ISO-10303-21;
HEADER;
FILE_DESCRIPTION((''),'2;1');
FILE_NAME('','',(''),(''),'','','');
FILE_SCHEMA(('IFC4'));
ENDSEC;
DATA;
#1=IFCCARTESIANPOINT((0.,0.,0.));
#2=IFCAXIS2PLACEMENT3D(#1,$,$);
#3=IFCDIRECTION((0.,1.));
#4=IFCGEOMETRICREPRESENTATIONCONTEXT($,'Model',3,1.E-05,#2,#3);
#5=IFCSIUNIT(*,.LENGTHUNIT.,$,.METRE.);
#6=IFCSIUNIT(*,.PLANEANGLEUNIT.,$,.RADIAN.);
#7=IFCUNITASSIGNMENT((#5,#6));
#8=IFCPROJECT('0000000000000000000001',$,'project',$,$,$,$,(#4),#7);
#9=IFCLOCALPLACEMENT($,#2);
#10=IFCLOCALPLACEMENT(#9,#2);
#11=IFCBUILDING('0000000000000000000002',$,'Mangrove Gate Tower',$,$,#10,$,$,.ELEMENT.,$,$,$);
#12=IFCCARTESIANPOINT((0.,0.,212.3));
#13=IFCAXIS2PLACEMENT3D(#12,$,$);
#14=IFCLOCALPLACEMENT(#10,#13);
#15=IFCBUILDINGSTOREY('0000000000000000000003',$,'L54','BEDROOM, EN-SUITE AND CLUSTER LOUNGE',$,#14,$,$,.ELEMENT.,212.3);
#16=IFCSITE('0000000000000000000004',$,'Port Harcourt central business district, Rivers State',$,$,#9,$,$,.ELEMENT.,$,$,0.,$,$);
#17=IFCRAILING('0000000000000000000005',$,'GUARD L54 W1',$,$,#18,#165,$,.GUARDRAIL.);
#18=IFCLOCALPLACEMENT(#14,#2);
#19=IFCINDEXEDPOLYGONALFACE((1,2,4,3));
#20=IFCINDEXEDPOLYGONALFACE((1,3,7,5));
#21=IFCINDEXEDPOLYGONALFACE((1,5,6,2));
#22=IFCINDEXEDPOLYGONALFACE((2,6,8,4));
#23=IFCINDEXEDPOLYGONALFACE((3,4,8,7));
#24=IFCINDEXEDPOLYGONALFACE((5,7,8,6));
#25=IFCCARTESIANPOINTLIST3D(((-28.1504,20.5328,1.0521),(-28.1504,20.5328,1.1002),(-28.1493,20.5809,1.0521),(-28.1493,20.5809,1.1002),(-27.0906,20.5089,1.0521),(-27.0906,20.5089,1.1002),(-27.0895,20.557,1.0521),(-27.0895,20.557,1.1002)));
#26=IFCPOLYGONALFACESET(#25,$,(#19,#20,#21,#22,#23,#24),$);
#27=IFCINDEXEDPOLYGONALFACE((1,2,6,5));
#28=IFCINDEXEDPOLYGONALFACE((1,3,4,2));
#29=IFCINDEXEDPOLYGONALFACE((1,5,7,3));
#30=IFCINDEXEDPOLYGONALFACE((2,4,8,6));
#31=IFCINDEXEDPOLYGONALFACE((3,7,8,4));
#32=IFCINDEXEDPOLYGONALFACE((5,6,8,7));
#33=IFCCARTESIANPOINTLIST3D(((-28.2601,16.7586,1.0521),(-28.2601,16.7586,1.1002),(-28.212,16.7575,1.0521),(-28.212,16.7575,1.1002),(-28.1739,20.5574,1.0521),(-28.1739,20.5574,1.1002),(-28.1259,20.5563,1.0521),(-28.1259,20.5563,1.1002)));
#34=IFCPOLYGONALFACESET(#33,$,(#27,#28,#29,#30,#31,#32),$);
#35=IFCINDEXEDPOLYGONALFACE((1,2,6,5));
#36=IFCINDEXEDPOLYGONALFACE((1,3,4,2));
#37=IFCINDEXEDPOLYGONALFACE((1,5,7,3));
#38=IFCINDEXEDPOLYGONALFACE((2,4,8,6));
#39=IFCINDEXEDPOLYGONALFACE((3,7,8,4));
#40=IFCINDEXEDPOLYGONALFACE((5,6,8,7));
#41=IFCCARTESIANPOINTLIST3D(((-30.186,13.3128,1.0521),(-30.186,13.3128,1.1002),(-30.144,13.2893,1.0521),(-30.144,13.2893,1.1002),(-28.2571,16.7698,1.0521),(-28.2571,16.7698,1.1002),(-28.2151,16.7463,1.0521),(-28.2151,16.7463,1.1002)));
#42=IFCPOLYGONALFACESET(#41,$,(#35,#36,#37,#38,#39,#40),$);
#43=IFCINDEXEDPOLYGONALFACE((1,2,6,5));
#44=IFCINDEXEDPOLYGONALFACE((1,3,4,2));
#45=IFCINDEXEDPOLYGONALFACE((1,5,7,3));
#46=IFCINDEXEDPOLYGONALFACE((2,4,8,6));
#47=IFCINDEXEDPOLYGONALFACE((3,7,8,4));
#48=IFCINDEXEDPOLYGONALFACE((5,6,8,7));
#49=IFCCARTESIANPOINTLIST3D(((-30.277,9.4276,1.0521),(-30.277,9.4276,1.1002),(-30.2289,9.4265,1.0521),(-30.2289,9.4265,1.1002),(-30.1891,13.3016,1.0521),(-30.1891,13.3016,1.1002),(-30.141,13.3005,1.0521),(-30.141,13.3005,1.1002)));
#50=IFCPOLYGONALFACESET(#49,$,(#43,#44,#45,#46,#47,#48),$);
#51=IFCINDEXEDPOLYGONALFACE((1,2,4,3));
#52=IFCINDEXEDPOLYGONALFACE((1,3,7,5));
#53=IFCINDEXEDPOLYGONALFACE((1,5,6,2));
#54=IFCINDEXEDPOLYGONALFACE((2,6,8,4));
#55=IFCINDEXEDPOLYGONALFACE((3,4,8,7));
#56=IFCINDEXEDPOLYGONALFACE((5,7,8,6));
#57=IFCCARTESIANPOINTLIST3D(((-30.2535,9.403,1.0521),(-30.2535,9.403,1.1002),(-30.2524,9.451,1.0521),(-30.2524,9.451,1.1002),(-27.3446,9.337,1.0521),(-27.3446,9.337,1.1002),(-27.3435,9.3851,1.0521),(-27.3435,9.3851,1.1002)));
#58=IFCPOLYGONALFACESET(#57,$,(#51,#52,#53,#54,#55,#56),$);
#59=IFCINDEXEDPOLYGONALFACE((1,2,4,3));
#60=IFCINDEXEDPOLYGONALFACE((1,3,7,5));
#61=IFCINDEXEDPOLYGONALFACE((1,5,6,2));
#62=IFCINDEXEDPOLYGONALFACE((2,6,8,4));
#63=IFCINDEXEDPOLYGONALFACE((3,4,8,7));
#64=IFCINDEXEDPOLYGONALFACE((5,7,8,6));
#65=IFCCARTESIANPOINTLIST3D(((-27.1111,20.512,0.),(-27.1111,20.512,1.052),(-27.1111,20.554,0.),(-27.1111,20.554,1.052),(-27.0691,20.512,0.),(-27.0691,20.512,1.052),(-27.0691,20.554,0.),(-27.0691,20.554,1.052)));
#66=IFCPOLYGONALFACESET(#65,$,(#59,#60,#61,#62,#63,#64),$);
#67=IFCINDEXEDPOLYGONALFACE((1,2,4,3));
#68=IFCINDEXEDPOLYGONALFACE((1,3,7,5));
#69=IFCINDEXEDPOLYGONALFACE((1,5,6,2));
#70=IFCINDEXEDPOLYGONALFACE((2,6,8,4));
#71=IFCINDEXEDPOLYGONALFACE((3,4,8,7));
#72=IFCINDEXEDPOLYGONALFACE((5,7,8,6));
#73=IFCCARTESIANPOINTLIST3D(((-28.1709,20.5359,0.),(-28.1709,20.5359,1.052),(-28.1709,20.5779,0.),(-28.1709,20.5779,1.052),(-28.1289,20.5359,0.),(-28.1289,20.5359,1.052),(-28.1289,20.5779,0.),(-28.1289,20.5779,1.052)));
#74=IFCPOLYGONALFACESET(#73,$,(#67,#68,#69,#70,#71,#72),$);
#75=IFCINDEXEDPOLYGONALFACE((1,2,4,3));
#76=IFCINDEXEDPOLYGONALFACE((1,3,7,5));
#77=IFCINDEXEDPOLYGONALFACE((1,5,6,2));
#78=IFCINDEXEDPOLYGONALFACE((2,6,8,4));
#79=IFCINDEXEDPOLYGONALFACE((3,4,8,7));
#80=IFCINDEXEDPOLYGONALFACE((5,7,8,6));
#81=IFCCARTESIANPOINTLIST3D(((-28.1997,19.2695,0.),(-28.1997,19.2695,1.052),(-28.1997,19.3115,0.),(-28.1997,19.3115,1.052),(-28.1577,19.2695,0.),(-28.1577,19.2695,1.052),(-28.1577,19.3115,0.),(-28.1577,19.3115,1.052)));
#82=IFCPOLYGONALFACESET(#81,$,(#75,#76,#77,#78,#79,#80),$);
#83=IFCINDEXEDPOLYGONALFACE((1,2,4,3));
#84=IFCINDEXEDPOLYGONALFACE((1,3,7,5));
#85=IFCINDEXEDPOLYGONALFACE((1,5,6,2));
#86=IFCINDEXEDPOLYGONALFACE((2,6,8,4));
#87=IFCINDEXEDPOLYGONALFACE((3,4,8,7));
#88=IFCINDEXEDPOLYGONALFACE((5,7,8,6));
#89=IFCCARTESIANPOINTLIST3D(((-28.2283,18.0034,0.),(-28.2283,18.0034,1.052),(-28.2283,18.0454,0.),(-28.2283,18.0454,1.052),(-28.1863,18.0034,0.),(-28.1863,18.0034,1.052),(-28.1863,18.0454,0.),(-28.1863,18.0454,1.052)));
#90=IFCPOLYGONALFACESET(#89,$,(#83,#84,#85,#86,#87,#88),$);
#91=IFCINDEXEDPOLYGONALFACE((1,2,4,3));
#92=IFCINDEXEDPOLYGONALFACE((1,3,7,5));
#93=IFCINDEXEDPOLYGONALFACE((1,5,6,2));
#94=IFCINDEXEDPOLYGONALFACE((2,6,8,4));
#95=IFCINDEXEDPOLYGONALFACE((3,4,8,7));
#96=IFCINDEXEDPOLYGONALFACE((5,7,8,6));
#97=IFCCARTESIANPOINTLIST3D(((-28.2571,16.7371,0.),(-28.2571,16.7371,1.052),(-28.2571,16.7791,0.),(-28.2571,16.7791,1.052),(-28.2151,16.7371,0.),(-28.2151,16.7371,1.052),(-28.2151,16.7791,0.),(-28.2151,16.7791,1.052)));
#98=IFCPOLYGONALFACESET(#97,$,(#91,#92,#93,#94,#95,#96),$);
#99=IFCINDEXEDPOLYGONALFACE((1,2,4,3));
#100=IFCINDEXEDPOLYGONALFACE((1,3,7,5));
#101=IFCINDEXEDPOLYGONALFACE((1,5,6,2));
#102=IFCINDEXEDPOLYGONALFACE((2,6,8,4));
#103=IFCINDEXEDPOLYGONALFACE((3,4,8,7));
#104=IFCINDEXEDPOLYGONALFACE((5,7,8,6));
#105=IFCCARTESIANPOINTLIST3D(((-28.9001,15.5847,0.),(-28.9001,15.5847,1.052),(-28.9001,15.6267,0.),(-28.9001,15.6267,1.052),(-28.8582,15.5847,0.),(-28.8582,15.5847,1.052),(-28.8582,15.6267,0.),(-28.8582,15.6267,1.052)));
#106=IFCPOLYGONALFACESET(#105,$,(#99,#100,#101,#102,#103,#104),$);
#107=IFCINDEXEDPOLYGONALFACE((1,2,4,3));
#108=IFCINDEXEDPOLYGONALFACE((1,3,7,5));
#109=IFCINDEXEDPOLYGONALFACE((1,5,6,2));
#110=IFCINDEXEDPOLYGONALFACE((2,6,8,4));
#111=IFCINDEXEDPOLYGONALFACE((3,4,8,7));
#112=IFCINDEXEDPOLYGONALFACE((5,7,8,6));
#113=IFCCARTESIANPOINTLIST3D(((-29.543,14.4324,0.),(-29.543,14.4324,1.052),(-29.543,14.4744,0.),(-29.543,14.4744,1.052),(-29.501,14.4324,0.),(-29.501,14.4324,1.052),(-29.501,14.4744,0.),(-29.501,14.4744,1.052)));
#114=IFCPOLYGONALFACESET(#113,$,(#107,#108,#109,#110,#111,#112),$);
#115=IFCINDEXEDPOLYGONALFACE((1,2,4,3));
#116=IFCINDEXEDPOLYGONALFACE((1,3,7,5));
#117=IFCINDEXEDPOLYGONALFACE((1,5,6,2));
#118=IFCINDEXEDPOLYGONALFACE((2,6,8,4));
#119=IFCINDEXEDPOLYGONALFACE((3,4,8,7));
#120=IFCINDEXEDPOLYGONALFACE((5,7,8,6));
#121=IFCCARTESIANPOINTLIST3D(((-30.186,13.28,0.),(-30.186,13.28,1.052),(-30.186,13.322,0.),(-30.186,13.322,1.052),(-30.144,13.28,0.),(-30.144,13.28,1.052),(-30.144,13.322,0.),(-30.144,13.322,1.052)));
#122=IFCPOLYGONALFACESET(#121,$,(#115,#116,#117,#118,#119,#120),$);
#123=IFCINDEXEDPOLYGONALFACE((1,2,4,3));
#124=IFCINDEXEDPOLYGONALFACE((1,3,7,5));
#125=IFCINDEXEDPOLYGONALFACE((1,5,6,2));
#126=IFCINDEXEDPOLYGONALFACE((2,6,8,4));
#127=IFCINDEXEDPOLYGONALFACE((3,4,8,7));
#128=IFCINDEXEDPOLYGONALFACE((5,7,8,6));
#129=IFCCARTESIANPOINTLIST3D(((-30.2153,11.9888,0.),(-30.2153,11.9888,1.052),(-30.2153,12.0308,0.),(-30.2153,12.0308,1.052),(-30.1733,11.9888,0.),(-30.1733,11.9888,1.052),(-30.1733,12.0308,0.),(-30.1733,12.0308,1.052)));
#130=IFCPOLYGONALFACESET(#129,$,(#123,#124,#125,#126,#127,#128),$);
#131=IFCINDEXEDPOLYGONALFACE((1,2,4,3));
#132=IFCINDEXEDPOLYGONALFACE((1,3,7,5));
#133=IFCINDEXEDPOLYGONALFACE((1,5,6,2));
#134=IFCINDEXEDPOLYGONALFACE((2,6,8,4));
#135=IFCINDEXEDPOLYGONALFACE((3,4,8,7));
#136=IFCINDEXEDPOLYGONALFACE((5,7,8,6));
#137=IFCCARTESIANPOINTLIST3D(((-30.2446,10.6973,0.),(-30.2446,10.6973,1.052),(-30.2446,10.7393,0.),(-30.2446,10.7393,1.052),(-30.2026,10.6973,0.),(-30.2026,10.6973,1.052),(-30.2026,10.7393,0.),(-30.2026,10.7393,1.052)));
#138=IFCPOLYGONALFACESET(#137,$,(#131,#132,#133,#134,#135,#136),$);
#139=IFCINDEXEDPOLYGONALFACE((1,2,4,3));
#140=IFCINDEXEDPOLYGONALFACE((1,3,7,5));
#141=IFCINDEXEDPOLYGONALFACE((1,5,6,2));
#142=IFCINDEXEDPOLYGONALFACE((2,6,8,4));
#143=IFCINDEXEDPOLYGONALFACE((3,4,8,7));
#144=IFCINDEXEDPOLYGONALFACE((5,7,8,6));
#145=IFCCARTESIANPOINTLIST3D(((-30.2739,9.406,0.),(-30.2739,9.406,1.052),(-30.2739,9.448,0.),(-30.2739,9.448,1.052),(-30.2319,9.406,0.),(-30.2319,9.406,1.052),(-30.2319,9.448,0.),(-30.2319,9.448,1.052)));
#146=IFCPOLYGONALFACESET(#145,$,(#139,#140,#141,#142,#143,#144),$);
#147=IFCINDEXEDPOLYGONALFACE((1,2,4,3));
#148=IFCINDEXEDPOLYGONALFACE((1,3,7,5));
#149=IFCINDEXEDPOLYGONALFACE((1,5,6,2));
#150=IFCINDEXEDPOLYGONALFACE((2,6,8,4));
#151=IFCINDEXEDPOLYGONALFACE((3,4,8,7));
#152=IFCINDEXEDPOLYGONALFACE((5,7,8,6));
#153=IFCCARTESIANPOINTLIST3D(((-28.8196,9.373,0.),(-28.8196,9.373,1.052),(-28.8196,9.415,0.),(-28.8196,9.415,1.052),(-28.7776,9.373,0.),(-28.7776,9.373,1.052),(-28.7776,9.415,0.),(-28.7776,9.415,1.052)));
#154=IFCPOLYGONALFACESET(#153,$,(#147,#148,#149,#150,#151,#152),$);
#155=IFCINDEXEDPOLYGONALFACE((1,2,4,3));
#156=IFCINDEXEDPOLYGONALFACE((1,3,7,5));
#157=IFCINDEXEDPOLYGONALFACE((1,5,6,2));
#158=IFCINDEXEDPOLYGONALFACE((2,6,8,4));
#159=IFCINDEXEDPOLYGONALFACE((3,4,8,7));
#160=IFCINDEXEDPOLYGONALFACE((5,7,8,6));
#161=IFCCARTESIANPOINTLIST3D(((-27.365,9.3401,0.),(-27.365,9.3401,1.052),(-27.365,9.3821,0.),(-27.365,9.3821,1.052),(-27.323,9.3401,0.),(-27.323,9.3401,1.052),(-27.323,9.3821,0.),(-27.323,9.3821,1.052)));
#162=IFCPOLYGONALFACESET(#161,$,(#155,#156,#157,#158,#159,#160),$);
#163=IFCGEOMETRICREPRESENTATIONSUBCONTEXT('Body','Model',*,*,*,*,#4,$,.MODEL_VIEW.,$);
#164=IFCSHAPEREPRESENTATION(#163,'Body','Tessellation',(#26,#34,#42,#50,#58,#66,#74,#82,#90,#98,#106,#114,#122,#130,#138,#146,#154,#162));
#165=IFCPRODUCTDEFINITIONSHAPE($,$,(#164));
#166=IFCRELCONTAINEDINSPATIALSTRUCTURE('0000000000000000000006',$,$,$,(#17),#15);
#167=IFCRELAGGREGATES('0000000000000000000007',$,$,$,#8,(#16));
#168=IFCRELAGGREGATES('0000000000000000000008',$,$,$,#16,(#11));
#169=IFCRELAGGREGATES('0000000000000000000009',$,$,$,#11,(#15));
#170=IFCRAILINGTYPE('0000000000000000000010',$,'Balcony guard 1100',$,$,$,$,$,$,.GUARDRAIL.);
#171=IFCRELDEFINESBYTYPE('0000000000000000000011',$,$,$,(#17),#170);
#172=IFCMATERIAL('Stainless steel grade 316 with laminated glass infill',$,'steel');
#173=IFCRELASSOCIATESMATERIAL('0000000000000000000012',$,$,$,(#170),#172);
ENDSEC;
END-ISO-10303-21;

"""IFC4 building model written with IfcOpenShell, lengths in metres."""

from ifc_helpers import new_model, si_unit, direction, frame, origin, origin_2d, place, context, subcontext, project, spatial, rectangle, extrude, material, type_object, element, save


model = new_model("IFC4")

# Units and contexts
model_context = context("Model", 3, precision=1e-05, world=origin(), true_north=direction((0.0, 1.0)))
body_context = subcontext(model_context, "Body", "Model", "MODEL_VIEW")
ifc_project = project(units=[si_unit("LENGTHUNIT", "METRE"), si_unit("PLANEANGLEUNIT", "RADIAN")], contexts=[model_context])

# Site, building, storey
site_placement = place(None, origin())
site = spatial("IfcSite", under=ifc_project, at=site_placement, Name="Port Harcourt central business district, Rivers State", CompositionType="ELEMENT", RefElevation=0.0)
building_placement = place(site_placement, origin())
building = spatial("IfcBuilding", under=site, at=building_placement, Name="Mangrove Gate Tower", CompositionType="ELEMENT")
storey_placement = place(building_placement, frame((0.0, 0.0, 212.3)))
storey = spatial("IfcBuildingStorey", under=building, at=storey_placement, Name="L54", Description="BEDROOM, EN-SUITE AND CLUSTER LOUNGE", CompositionType="ELEMENT", Elevation=212.3)

# Railing
ifc_material_1 = material(Name="Stainless steel grade 316 with laminated glass infill", Category="steel")
railing_type = type_object("IfcRailingType", Name="Balcony guard 1100", PredefinedType="GUARDRAIL", material=ifc_material_1)
railing_placement = place(storey_placement, frame((-27.0901, 20.533, 0.0)))
element("IfcRailing", 1, at=railing_placement, inside=storey, type_object=railing_type, Name="GUARD L54 W1", PredefinedType="GUARDRAIL", context=body_context, shape_type="SweptSolid", body=[
    extrude(rectangle(XDim=0.0481, YDim=0.0481, at=origin_2d()), frame((0.0, 0.0, 1.0762), z_axis=(-0.999745, 0.02257, 0.0), x_axis=(-0.02257, -0.999745, 0.0)), (0.0, 0.0, 1.0), 1.0601),
    extrude(rectangle(XDim=0.0481, YDim=0.0481, at=origin_2d()), frame((-1.0598, 0.0239, 1.0762), z_axis=(-0.022681, -0.999743, 0.0), x_axis=(0.999743, -0.022681, 0.0)), (0.0, 0.0, 1.0), 3.7998),
    extrude(rectangle(XDim=0.0481, YDim=0.0481, at=origin_2d()), frame((-1.146, -3.7749, 1.0762), z_axis=(-0.48726, -0.873257, 0.0), x_axis=(0.873257, -0.48726, 0.0)), (0.0, 0.0, 1.0), 3.9587),
    extrude(rectangle(XDim=0.0481, YDim=0.0481, at=origin_2d()), frame((-3.075, -7.2319, 1.0762), z_axis=(-0.022681, -0.999743, 0.0), x_axis=(0.999743, -0.022681, 0.0)), (0.0, 0.0, 1.0), 3.875),
    extrude(rectangle(XDim=0.0481, YDim=0.0481, at=origin_2d()), frame((-3.1628, -11.106, 1.0762), z_axis=(0.999743, -0.022655, 0.0), x_axis=(0.022655, 0.999743, 0.0)), (0.0, 0.0, 1.0), 2.9097),
    extrude(rectangle(XDim=0.042, YDim=0.042, at=origin_2d()), origin(), (0.0, 0.0, 1.0), 1.052),
    extrude(rectangle(XDim=0.042, YDim=0.042, at=origin_2d()), frame((-1.0598, 0.0239, 0.0)), (0.0, 0.0, 1.0), 1.052),
    extrude(rectangle(XDim=0.042, YDim=0.042, at=origin_2d()), frame((-1.0886, -1.2424, 0.0)), (0.0, 0.0, 1.0), 1.052),
    extrude(rectangle(XDim=0.042, YDim=0.042, at=origin_2d()), frame((-1.1172, -2.5085, 0.0)), (0.0, 0.0, 1.0), 1.052),
    extrude(rectangle(XDim=0.042, YDim=0.042, at=origin_2d()), frame((-1.146, -3.7749, 0.0)), (0.0, 0.0, 1.0), 1.052),
    extrude(rectangle(XDim=0.042, YDim=0.042, at=origin_2d()), frame((-1.7891, -4.9272, 0.0)), (0.0, 0.0, 1.0), 1.052),
    extrude(rectangle(XDim=0.042, YDim=0.042, at=origin_2d()), frame((-2.4319, -6.0796, 0.0)), (0.0, 0.0, 1.0), 1.052),
    extrude(rectangle(XDim=0.042, YDim=0.042, at=origin_2d()), frame((-3.075, -7.2319, 0.0)), (0.0, 0.0, 1.0), 1.052),
    extrude(rectangle(XDim=0.042, YDim=0.042, at=origin_2d()), frame((-3.1042, -8.5232, 0.0)), (0.0, 0.0, 1.0), 1.052),
    extrude(rectangle(XDim=0.042, YDim=0.042, at=origin_2d()), frame((-3.1335, -9.8147, 0.0)), (0.0, 0.0, 1.0), 1.052),
    extrude(rectangle(XDim=0.042, YDim=0.042, at=origin_2d()), frame((-3.1628, -11.106, 0.0)), (0.0, 0.0, 1.0), 1.052),
    extrude(rectangle(XDim=0.042, YDim=0.042, at=origin_2d()), frame((-1.7085, -11.1389, 0.0)), (0.0, 0.0, 1.0), 1.052),
    extrude(rectangle(XDim=0.042, YDim=0.042, at=origin_2d()), frame((-0.2539, -11.1719, 0.0)), (0.0, 0.0, 1.0), 1.052),
])

save(model, "model.ifc")
